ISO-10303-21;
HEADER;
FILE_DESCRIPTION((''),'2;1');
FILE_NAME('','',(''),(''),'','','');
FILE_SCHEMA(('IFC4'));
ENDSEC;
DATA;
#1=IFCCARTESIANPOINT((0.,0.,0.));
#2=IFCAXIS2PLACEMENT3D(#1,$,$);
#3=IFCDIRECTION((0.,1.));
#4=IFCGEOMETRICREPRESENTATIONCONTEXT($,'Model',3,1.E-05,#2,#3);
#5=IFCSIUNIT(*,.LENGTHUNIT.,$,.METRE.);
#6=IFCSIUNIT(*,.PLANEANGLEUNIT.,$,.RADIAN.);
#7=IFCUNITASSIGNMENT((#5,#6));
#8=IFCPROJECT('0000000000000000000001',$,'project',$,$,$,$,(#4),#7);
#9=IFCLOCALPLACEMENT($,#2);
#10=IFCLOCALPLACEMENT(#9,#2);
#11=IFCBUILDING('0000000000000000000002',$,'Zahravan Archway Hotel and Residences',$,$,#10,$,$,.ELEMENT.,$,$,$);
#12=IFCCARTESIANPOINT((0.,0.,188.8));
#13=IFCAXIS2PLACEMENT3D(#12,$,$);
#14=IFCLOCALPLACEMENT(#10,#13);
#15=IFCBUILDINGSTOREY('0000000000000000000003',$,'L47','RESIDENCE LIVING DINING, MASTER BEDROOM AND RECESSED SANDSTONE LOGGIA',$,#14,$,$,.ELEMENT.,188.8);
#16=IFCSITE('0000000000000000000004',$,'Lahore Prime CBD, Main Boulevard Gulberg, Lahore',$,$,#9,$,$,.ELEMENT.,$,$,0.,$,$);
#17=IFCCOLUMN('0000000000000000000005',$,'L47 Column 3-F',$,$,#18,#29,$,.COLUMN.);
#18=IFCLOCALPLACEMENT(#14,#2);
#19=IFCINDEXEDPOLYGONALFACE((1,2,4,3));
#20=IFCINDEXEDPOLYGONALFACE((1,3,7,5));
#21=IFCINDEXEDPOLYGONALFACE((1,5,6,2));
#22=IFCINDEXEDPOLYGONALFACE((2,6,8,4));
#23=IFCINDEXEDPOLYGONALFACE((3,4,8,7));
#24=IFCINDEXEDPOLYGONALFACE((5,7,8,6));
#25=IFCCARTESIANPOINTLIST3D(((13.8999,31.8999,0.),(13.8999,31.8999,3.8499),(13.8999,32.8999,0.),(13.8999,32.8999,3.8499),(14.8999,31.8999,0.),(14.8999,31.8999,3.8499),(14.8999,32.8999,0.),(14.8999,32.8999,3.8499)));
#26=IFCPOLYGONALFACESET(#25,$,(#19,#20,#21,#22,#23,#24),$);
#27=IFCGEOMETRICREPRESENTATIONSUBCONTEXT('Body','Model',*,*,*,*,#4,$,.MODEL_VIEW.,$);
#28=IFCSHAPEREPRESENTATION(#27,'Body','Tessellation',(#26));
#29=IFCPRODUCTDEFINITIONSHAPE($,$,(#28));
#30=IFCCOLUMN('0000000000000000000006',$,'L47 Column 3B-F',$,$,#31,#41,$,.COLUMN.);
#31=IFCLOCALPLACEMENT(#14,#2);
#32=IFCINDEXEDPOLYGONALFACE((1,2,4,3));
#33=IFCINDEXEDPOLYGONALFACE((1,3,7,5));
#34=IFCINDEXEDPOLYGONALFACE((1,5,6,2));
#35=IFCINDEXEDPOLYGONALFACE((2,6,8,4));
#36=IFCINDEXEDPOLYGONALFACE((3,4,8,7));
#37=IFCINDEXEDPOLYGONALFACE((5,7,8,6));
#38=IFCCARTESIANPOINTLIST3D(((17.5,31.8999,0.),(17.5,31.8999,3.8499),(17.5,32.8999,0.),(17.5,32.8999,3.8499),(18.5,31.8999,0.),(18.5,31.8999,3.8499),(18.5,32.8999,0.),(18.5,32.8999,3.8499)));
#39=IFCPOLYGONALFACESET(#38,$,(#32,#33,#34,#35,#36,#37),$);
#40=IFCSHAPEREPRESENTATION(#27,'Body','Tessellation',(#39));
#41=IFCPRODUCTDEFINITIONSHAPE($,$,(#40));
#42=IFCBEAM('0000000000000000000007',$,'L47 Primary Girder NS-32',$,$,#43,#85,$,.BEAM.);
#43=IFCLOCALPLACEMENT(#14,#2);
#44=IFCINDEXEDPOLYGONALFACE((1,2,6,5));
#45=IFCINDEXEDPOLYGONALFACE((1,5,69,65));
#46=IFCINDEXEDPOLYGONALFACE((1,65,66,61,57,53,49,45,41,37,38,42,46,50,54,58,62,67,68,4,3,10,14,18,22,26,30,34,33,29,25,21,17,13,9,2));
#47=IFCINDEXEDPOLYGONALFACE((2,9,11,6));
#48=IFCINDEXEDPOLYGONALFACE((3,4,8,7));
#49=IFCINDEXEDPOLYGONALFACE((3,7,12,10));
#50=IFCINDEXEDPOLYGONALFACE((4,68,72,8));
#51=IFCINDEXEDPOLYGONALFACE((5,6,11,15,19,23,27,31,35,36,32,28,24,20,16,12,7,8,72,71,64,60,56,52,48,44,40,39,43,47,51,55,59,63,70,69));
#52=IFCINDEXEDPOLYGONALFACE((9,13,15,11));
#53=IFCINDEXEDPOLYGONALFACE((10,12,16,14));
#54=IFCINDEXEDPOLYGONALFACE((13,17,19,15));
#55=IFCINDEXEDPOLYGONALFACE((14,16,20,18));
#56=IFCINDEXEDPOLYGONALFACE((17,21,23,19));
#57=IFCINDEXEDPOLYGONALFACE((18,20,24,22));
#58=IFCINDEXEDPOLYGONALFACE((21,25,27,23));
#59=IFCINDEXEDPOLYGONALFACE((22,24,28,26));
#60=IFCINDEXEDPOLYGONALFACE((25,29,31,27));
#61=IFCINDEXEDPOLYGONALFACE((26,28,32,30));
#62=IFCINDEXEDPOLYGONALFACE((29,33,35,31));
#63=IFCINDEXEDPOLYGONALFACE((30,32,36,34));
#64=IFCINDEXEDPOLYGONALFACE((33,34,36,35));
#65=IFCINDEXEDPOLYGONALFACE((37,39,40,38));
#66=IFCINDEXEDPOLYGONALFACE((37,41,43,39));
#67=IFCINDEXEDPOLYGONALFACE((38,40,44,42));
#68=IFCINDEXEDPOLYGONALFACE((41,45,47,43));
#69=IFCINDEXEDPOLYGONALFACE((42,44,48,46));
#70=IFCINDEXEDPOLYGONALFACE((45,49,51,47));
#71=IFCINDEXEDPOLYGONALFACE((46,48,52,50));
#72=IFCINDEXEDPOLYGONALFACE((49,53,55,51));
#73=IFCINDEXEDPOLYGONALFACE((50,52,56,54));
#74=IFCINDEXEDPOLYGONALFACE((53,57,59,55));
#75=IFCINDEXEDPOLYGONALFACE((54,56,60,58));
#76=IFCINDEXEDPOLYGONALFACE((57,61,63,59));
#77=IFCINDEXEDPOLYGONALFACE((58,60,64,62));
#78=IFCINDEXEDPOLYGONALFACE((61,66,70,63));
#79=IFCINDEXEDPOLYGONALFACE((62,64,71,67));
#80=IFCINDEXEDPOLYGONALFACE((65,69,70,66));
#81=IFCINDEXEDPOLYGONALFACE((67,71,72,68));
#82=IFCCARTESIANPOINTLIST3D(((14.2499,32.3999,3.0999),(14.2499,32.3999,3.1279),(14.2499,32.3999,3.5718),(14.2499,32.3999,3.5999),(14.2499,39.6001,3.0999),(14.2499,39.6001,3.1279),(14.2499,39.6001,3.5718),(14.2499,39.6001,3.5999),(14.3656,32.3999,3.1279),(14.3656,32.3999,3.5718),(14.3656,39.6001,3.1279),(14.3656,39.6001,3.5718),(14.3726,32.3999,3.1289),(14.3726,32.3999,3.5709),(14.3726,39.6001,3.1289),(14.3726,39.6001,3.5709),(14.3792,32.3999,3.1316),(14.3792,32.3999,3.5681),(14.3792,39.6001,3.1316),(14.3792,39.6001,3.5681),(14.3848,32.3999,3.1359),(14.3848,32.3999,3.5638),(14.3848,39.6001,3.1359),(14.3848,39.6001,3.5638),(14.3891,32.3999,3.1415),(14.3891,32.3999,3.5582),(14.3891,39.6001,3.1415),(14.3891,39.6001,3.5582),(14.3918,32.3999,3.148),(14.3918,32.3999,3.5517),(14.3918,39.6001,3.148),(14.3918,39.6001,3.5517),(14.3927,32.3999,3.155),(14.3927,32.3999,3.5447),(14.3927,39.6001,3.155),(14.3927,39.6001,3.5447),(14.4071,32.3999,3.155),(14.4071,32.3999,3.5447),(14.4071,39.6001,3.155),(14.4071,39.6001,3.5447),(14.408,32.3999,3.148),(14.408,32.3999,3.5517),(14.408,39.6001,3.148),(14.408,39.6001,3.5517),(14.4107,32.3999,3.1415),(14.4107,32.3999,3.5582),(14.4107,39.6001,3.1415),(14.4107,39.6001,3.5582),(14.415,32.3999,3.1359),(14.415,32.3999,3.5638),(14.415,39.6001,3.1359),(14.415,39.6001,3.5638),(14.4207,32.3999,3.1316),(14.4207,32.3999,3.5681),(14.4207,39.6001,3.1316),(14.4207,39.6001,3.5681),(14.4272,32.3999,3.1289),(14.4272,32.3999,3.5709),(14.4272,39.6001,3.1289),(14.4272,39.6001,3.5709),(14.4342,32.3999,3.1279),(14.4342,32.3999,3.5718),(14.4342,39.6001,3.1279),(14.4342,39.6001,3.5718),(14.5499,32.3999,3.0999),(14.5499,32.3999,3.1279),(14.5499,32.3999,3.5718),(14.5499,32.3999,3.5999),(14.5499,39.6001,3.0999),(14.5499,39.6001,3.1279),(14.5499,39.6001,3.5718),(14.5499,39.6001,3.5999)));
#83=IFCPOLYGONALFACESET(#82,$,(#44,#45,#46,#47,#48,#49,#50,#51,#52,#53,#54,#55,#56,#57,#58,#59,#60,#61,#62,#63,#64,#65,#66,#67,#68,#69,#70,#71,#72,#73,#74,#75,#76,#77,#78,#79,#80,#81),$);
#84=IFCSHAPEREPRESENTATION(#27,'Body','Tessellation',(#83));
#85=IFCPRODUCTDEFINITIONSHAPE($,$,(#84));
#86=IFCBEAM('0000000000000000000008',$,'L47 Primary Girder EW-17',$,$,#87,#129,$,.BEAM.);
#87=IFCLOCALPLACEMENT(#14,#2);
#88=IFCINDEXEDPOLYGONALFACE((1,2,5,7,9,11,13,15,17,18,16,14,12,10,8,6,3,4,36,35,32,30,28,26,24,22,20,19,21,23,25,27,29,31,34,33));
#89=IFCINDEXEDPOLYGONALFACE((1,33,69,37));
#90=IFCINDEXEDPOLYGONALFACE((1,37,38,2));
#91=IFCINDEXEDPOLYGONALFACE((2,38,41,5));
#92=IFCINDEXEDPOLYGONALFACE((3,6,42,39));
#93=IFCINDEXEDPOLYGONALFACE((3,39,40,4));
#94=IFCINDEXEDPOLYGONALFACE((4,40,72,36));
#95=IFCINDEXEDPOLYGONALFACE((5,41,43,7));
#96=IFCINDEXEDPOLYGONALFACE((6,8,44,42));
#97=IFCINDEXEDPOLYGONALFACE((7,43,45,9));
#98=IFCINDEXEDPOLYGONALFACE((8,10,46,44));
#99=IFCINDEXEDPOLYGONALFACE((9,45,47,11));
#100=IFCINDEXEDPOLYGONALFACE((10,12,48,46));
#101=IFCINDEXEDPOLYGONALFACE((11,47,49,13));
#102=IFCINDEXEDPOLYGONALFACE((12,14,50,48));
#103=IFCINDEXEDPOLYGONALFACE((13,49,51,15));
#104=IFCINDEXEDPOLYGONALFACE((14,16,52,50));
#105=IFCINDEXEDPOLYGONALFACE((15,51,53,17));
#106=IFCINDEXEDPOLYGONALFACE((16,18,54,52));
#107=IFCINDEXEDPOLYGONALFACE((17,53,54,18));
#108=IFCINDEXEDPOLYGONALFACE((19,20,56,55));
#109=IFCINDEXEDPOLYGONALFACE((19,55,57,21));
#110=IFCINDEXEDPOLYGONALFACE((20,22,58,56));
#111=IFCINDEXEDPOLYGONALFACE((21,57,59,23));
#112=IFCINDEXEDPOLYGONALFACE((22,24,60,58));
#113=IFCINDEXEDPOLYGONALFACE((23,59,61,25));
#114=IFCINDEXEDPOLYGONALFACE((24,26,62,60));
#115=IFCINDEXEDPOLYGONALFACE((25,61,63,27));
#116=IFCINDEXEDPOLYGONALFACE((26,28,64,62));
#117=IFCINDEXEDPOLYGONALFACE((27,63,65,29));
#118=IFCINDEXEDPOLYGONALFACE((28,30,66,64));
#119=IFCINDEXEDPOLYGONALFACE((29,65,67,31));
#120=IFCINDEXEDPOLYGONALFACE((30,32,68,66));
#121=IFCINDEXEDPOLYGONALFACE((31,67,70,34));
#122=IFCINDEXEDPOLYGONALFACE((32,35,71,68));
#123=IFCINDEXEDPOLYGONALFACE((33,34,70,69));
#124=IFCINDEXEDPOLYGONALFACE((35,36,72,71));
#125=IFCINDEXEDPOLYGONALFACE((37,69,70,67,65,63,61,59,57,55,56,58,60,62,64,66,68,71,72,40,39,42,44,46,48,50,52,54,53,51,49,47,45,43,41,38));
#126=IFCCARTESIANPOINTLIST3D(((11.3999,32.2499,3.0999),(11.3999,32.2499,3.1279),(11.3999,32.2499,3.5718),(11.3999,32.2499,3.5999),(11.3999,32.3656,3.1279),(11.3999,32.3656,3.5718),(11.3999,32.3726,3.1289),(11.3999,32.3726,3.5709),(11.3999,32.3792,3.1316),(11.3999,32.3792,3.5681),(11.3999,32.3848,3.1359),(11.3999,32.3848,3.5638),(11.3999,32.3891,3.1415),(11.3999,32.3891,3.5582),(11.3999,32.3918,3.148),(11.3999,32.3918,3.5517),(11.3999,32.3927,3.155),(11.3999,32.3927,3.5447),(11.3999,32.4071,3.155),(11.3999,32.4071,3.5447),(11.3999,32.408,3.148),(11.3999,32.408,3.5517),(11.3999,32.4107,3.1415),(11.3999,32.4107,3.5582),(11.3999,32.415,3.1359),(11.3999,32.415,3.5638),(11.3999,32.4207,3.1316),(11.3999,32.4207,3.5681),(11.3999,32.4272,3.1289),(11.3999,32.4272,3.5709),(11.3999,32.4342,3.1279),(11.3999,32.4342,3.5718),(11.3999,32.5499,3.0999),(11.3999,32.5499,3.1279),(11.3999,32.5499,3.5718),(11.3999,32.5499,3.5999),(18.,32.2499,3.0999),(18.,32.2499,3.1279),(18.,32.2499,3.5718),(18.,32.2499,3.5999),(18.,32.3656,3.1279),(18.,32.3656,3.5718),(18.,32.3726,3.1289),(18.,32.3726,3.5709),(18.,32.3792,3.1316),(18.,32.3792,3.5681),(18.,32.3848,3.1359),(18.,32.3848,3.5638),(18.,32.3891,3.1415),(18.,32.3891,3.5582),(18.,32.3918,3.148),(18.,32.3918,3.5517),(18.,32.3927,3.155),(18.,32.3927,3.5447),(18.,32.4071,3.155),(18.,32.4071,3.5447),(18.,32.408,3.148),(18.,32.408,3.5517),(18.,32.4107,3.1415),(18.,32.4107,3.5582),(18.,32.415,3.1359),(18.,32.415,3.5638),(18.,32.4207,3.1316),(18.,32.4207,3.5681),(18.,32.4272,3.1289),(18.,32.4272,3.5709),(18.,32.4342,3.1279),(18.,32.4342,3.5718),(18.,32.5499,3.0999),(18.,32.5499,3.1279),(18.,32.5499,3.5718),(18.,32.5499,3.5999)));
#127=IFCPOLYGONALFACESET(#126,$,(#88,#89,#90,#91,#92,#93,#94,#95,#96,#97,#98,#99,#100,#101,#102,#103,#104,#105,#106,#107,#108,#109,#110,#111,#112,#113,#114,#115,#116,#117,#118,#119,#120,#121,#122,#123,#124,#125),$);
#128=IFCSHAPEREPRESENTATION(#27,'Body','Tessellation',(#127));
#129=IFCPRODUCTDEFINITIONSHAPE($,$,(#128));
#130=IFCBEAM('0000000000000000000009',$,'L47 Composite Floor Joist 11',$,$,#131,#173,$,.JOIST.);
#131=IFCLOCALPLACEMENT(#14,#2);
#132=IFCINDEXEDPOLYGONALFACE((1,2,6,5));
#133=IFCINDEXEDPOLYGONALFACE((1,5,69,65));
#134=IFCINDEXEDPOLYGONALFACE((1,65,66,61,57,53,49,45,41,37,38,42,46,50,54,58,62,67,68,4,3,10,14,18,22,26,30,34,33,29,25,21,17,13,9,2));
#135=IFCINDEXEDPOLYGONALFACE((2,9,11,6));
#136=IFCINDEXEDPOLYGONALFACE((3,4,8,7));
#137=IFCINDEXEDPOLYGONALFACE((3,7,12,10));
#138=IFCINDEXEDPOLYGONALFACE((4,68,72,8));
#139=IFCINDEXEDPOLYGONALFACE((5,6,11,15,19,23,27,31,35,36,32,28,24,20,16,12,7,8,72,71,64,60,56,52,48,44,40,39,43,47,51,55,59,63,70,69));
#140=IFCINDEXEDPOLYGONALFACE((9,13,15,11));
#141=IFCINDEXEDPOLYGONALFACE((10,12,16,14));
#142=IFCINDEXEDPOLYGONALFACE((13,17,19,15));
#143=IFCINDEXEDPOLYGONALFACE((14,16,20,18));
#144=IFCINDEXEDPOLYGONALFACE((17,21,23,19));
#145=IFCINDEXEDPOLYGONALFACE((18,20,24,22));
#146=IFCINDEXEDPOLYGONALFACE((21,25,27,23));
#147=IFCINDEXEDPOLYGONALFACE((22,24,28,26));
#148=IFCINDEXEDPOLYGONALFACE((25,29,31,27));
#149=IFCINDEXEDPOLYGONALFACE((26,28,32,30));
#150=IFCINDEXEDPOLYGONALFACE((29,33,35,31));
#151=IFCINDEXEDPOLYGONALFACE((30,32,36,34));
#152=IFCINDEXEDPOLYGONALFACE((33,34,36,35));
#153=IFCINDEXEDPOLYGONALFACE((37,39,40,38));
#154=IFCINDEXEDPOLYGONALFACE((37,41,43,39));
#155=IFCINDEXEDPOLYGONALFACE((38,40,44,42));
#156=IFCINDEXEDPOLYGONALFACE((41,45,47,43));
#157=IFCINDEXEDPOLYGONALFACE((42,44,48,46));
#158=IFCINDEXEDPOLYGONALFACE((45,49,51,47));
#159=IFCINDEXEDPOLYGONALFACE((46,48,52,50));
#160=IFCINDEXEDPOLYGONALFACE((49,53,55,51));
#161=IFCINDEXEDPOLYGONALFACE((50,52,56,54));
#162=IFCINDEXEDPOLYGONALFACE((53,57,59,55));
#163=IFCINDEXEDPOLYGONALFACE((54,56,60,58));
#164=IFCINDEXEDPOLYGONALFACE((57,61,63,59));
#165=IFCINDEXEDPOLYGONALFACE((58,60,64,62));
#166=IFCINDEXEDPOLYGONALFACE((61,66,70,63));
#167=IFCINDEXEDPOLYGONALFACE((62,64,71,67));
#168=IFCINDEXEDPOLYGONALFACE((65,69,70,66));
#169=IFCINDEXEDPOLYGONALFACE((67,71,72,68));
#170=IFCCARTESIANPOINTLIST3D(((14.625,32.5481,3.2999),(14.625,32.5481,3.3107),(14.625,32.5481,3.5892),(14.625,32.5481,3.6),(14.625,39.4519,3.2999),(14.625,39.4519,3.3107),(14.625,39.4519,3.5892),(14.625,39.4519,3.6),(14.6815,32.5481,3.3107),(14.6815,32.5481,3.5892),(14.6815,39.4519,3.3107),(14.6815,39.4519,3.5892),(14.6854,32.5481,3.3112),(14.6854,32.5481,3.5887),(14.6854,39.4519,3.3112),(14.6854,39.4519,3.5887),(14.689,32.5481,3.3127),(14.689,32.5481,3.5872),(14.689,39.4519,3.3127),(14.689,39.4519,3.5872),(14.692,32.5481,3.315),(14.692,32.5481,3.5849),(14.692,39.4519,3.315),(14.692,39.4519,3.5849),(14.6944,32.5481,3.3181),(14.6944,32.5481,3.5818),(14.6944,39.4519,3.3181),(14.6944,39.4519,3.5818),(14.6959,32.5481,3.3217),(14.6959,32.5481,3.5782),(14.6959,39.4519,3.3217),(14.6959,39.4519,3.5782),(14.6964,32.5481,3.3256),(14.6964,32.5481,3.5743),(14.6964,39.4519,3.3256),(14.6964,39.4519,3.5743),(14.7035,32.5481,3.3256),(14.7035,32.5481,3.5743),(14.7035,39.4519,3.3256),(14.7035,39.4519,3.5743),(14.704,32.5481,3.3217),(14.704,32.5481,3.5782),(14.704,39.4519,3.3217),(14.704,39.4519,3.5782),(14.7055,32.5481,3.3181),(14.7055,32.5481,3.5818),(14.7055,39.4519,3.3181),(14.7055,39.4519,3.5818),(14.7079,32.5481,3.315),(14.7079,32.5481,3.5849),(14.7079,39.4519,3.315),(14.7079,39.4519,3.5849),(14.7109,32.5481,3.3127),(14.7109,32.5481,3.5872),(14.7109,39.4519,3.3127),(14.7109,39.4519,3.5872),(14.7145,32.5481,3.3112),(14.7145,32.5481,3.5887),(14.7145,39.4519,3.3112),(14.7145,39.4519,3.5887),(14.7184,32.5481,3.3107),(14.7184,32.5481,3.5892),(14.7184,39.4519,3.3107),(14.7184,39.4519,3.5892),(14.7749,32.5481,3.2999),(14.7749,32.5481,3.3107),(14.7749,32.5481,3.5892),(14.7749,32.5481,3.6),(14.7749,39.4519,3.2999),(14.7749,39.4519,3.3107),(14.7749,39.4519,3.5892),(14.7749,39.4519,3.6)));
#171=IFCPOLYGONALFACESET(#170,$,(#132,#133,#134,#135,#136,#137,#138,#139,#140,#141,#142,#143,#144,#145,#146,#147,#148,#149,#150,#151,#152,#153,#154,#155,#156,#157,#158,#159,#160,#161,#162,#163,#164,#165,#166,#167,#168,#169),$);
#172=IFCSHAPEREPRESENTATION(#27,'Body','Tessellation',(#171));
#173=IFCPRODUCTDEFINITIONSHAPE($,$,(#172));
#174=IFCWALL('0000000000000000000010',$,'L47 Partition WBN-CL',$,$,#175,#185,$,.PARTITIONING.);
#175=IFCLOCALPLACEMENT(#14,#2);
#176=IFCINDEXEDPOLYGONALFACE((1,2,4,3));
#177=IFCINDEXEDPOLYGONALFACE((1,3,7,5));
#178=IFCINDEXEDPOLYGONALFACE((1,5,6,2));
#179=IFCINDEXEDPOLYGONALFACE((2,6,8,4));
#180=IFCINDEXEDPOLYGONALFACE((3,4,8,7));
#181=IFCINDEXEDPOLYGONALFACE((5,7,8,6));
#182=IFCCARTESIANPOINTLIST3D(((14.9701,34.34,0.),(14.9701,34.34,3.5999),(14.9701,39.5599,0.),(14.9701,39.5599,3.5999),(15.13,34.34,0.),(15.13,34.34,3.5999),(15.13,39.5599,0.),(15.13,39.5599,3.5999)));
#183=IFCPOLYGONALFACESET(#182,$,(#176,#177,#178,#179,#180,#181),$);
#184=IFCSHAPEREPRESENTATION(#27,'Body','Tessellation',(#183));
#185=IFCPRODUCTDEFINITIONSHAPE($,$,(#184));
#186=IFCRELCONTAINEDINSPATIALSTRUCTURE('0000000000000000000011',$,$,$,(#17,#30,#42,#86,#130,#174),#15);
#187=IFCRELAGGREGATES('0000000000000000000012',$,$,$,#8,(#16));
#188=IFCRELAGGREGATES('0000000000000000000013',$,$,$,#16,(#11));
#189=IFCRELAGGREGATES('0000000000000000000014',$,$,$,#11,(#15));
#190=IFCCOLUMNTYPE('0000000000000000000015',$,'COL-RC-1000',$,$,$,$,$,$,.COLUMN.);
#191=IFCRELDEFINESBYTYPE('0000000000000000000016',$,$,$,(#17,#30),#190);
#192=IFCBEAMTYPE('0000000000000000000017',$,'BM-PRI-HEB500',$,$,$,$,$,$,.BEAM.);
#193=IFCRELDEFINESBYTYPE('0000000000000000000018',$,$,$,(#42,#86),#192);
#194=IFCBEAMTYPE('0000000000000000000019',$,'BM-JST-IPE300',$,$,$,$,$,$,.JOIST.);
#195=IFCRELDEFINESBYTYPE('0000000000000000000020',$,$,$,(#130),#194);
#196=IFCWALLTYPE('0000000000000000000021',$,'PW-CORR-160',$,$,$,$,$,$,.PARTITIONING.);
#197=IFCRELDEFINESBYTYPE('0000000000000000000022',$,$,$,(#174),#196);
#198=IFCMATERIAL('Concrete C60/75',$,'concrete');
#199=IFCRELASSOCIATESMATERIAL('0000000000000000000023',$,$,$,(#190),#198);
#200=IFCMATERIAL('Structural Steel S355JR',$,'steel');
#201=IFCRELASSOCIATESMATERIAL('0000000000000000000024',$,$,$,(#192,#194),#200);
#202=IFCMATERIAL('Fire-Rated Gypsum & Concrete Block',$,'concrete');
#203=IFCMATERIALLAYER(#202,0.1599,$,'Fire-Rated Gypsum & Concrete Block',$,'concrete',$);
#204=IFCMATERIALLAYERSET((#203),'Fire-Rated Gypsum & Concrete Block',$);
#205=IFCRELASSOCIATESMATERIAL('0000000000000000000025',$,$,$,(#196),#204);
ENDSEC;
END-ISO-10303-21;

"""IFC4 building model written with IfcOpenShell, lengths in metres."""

from ifc_helpers import new_model, si_unit, direction, frame, frame_2d, origin, origin_2d, place, context, subcontext, project, spatial, rectangle, i_section, extrude, source, transform, mapped, material, layer, layer_set, material_profile, profile_set, type_object, type_shapes, element, save


model = new_model("IFC4")

# Units and contexts
model_context = context("Model", 3, precision=1e-05, world=origin(), true_north=direction((0.0, 1.0)))
body_context = subcontext(model_context, "Body", "Model", "MODEL_VIEW")
ifc_project = project(units=[si_unit("LENGTHUNIT", "METRE"), si_unit("PLANEANGLEUNIT", "RADIAN")], contexts=[model_context])

# Site, building, storey
site_placement = place(None, origin())
site = spatial("IfcSite", under=ifc_project, at=site_placement, Name="Lahore Prime CBD, Main Boulevard Gulberg, Lahore", CompositionType="ELEMENT", RefElevation=0.0)
building_placement = place(site_placement, origin())
building = spatial("IfcBuilding", under=site, at=building_placement, Name="Zahravan Archway Hotel and Residences", CompositionType="ELEMENT")
storey_placement = place(building_placement, frame((0.0, 0.0, 188.8)))
storey = spatial("IfcBuildingStorey", under=building, at=storey_placement, Name="L47", Description="RESIDENCE LIVING DINING, MASTER BEDROOM AND RECESSED SANDSTONE LOGGIA", CompositionType="ELEMENT", Elevation=188.8)

# Columns
ifc_material_1 = material(Name="Concrete C60/75", Category="concrete")
ifc_material_profile_1 = material_profile(ifc_material_1, rectangle(XDim=1.0, YDim=1.0, at=origin_2d()), Name="RC-COL-1000x1000", Category="concrete")
ifc_profile_set_1 = profile_set([ifc_material_profile_1], Name="Concrete C60/75")
column_type = type_object("IfcColumnType", Name="COL-RC-1000", PredefinedType="COLUMN", material=ifc_profile_set_1)
shared_shape_1 = source(origin(), body_context, "Body", "SweptSolid", [
    extrude(rectangle(XDim=1.0, YDim=1.0, at=origin_2d()), origin(), (0.0, 0.0, 1.0), 3.8499),
])
for number, where, z_axis, x_axis, name in (
    (1, (14.3999, 32.3999, 0.0), (0.0, 0.0, 1.0), (1.0, 0.0, 0.0), "L47 Column 3-F"),
    (2, (18.0, 32.3999, 0.0), (0.0, 0.0, 1.0), (1.0, 0.0, 0.0), "L47 Column 3B-F"),
):
    element("IfcColumn", number, at=place(storey_placement, frame(where, z_axis=z_axis, x_axis=x_axis)), inside=storey, type_object=column_type, Name=name, PredefinedType="COLUMN", context=body_context, shape_type="MappedRepresentation", body=[
        mapped(shared_shape_1, transform((0.0, 0.0, 0.0), scale=1.0)),
    ])

# Beams
ifc_material_2 = material(Name="Structural Steel S355JR", Category="steel")
ifc_material_profile_2 = material_profile(ifc_material_2, i_section(OverallWidth=0.3, OverallDepth=0.5, WebThickness=0.0144, FlangeThickness=0.0281, FilletRadius=0.0271, at=origin_2d()), Name="HEB 500", Category="steel")
ifc_profile_set_2 = profile_set([ifc_material_profile_2], Name="Structural Steel S355JR")
beam_type_1 = type_object("IfcBeamType", Name="BM-PRI-HEB500", PredefinedType="BEAM", material=ifc_profile_set_2)
shared_shape_2 = source(origin(), body_context, "Body", "SweptSolid", [
    extrude(i_section(OverallWidth=0.3, OverallDepth=0.5, WebThickness=0.0144, FlangeThickness=0.0281, FilletRadius=0.0271, at=origin_2d()), origin(), (0.0, 0.0, 1.0), 7.2002),
])
type_shapes(beam_type_1, [shared_shape_2])
beam_1_placement = place(storey_placement, frame((14.3999, 32.3999, 3.3499), z_axis=(0.0, 1.0, 0.0), x_axis=(-1.0, 0.0, 0.0)))
element("IfcBeam", 3, at=beam_1_placement, inside=storey, type_object=beam_type_1, Name="L47 Primary Girder NS-32", PredefinedType="BEAM", context=body_context, shape_type="MappedRepresentation", body=[
    mapped(shared_shape_2, transform((0.0, 0.0, 0.0), scale=1.0)),
])
shared_shape_3 = source(origin(), body_context, "Body", "SweptSolid", [
    extrude(i_section(OverallWidth=0.3, OverallDepth=0.5, WebThickness=0.0144, FlangeThickness=0.0281, FilletRadius=0.0271, at=origin_2d()), origin(), (0.0, 0.0, 1.0), 6.6001),
])
beam_2_placement = place(storey_placement, frame((11.3999, 32.3999, 3.3499), z_axis=(1.0, 0.0, 0.0), x_axis=(0.0, 1.0, 0.0)))
element("IfcBeam", 4, at=beam_2_placement, inside=storey, type_object=beam_type_1, Name="L47 Primary Girder EW-17", PredefinedType="BEAM", context=body_context, shape_type="MappedRepresentation", body=[
    mapped(shared_shape_3, transform((0.0, 0.0, 0.0), scale=1.0)),
])
ifc_material_profile_3 = material_profile(ifc_material_2, i_section(OverallWidth=0.1499, OverallDepth=0.3, WebThickness=0.0071, FlangeThickness=0.0107, FilletRadius=0.0149, at=origin_2d()), Name="IPE 300", Category="steel")
ifc_profile_set_3 = profile_set([ifc_material_profile_3], Name="Structural Steel S355JR")
beam_type_2 = type_object("IfcBeamType", Name="BM-JST-IPE300", PredefinedType="JOIST", material=ifc_profile_set_3)
shared_shape_4 = source(origin(), body_context, "Body", "SweptSolid", [
    extrude(i_section(OverallWidth=0.1499, OverallDepth=0.3, WebThickness=0.0071, FlangeThickness=0.0107, FilletRadius=0.0149, at=origin_2d()), origin(), (0.0, 0.0, 1.0), 6.9038),
])
beam_3_placement = place(storey_placement, frame((14.7, 32.5481, 3.45), z_axis=(0.0, 1.0, 0.0), x_axis=(-1.0, 0.0, 0.0)))
element("IfcBeam", 5, at=beam_3_placement, inside=storey, type_object=beam_type_2, Name="L47 Composite Floor Joist 11", PredefinedType="JOIST", context=body_context, shape_type="MappedRepresentation", body=[
    mapped(shared_shape_4, transform((0.0, 0.0, 0.0), scale=1.0)),
])

# Wall
ifc_material_3 = material(Name="Fire-Rated Gypsum & Concrete Block", Category="concrete")
ifc_layer_1 = layer(ifc_material_3, 0.1599, Name="Fire-Rated Gypsum & Concrete Block", Category="concrete")
ifc_layer_set_1 = layer_set([ifc_layer_1], Name="Fire-Rated Gypsum & Concrete Block")
wall_type_1 = type_object("IfcWallType", Name="PW-CORR-160", PredefinedType="PARTITIONING", material=ifc_layer_set_1)
wall_1_placement = place(storey_placement, frame((15.05, 34.3401, 0.0), z_axis=(0.0, 0.0, 1.0), x_axis=(0.0, 1.0, 0.0)))
element("IfcWall", 6, at=wall_1_placement, inside=storey, type_object=wall_type_1, Name="L47 Partition WBN-CL", PredefinedType="PARTITIONING", context=body_context, shape_type="SweptSolid", body=[
    extrude(rectangle(XDim=5.22, YDim=0.1599, at=frame_2d((2.6099, 0.0))), origin(), (0.0, 0.0, 1.0), 3.5999),
])

save(model, "model.ifc")
